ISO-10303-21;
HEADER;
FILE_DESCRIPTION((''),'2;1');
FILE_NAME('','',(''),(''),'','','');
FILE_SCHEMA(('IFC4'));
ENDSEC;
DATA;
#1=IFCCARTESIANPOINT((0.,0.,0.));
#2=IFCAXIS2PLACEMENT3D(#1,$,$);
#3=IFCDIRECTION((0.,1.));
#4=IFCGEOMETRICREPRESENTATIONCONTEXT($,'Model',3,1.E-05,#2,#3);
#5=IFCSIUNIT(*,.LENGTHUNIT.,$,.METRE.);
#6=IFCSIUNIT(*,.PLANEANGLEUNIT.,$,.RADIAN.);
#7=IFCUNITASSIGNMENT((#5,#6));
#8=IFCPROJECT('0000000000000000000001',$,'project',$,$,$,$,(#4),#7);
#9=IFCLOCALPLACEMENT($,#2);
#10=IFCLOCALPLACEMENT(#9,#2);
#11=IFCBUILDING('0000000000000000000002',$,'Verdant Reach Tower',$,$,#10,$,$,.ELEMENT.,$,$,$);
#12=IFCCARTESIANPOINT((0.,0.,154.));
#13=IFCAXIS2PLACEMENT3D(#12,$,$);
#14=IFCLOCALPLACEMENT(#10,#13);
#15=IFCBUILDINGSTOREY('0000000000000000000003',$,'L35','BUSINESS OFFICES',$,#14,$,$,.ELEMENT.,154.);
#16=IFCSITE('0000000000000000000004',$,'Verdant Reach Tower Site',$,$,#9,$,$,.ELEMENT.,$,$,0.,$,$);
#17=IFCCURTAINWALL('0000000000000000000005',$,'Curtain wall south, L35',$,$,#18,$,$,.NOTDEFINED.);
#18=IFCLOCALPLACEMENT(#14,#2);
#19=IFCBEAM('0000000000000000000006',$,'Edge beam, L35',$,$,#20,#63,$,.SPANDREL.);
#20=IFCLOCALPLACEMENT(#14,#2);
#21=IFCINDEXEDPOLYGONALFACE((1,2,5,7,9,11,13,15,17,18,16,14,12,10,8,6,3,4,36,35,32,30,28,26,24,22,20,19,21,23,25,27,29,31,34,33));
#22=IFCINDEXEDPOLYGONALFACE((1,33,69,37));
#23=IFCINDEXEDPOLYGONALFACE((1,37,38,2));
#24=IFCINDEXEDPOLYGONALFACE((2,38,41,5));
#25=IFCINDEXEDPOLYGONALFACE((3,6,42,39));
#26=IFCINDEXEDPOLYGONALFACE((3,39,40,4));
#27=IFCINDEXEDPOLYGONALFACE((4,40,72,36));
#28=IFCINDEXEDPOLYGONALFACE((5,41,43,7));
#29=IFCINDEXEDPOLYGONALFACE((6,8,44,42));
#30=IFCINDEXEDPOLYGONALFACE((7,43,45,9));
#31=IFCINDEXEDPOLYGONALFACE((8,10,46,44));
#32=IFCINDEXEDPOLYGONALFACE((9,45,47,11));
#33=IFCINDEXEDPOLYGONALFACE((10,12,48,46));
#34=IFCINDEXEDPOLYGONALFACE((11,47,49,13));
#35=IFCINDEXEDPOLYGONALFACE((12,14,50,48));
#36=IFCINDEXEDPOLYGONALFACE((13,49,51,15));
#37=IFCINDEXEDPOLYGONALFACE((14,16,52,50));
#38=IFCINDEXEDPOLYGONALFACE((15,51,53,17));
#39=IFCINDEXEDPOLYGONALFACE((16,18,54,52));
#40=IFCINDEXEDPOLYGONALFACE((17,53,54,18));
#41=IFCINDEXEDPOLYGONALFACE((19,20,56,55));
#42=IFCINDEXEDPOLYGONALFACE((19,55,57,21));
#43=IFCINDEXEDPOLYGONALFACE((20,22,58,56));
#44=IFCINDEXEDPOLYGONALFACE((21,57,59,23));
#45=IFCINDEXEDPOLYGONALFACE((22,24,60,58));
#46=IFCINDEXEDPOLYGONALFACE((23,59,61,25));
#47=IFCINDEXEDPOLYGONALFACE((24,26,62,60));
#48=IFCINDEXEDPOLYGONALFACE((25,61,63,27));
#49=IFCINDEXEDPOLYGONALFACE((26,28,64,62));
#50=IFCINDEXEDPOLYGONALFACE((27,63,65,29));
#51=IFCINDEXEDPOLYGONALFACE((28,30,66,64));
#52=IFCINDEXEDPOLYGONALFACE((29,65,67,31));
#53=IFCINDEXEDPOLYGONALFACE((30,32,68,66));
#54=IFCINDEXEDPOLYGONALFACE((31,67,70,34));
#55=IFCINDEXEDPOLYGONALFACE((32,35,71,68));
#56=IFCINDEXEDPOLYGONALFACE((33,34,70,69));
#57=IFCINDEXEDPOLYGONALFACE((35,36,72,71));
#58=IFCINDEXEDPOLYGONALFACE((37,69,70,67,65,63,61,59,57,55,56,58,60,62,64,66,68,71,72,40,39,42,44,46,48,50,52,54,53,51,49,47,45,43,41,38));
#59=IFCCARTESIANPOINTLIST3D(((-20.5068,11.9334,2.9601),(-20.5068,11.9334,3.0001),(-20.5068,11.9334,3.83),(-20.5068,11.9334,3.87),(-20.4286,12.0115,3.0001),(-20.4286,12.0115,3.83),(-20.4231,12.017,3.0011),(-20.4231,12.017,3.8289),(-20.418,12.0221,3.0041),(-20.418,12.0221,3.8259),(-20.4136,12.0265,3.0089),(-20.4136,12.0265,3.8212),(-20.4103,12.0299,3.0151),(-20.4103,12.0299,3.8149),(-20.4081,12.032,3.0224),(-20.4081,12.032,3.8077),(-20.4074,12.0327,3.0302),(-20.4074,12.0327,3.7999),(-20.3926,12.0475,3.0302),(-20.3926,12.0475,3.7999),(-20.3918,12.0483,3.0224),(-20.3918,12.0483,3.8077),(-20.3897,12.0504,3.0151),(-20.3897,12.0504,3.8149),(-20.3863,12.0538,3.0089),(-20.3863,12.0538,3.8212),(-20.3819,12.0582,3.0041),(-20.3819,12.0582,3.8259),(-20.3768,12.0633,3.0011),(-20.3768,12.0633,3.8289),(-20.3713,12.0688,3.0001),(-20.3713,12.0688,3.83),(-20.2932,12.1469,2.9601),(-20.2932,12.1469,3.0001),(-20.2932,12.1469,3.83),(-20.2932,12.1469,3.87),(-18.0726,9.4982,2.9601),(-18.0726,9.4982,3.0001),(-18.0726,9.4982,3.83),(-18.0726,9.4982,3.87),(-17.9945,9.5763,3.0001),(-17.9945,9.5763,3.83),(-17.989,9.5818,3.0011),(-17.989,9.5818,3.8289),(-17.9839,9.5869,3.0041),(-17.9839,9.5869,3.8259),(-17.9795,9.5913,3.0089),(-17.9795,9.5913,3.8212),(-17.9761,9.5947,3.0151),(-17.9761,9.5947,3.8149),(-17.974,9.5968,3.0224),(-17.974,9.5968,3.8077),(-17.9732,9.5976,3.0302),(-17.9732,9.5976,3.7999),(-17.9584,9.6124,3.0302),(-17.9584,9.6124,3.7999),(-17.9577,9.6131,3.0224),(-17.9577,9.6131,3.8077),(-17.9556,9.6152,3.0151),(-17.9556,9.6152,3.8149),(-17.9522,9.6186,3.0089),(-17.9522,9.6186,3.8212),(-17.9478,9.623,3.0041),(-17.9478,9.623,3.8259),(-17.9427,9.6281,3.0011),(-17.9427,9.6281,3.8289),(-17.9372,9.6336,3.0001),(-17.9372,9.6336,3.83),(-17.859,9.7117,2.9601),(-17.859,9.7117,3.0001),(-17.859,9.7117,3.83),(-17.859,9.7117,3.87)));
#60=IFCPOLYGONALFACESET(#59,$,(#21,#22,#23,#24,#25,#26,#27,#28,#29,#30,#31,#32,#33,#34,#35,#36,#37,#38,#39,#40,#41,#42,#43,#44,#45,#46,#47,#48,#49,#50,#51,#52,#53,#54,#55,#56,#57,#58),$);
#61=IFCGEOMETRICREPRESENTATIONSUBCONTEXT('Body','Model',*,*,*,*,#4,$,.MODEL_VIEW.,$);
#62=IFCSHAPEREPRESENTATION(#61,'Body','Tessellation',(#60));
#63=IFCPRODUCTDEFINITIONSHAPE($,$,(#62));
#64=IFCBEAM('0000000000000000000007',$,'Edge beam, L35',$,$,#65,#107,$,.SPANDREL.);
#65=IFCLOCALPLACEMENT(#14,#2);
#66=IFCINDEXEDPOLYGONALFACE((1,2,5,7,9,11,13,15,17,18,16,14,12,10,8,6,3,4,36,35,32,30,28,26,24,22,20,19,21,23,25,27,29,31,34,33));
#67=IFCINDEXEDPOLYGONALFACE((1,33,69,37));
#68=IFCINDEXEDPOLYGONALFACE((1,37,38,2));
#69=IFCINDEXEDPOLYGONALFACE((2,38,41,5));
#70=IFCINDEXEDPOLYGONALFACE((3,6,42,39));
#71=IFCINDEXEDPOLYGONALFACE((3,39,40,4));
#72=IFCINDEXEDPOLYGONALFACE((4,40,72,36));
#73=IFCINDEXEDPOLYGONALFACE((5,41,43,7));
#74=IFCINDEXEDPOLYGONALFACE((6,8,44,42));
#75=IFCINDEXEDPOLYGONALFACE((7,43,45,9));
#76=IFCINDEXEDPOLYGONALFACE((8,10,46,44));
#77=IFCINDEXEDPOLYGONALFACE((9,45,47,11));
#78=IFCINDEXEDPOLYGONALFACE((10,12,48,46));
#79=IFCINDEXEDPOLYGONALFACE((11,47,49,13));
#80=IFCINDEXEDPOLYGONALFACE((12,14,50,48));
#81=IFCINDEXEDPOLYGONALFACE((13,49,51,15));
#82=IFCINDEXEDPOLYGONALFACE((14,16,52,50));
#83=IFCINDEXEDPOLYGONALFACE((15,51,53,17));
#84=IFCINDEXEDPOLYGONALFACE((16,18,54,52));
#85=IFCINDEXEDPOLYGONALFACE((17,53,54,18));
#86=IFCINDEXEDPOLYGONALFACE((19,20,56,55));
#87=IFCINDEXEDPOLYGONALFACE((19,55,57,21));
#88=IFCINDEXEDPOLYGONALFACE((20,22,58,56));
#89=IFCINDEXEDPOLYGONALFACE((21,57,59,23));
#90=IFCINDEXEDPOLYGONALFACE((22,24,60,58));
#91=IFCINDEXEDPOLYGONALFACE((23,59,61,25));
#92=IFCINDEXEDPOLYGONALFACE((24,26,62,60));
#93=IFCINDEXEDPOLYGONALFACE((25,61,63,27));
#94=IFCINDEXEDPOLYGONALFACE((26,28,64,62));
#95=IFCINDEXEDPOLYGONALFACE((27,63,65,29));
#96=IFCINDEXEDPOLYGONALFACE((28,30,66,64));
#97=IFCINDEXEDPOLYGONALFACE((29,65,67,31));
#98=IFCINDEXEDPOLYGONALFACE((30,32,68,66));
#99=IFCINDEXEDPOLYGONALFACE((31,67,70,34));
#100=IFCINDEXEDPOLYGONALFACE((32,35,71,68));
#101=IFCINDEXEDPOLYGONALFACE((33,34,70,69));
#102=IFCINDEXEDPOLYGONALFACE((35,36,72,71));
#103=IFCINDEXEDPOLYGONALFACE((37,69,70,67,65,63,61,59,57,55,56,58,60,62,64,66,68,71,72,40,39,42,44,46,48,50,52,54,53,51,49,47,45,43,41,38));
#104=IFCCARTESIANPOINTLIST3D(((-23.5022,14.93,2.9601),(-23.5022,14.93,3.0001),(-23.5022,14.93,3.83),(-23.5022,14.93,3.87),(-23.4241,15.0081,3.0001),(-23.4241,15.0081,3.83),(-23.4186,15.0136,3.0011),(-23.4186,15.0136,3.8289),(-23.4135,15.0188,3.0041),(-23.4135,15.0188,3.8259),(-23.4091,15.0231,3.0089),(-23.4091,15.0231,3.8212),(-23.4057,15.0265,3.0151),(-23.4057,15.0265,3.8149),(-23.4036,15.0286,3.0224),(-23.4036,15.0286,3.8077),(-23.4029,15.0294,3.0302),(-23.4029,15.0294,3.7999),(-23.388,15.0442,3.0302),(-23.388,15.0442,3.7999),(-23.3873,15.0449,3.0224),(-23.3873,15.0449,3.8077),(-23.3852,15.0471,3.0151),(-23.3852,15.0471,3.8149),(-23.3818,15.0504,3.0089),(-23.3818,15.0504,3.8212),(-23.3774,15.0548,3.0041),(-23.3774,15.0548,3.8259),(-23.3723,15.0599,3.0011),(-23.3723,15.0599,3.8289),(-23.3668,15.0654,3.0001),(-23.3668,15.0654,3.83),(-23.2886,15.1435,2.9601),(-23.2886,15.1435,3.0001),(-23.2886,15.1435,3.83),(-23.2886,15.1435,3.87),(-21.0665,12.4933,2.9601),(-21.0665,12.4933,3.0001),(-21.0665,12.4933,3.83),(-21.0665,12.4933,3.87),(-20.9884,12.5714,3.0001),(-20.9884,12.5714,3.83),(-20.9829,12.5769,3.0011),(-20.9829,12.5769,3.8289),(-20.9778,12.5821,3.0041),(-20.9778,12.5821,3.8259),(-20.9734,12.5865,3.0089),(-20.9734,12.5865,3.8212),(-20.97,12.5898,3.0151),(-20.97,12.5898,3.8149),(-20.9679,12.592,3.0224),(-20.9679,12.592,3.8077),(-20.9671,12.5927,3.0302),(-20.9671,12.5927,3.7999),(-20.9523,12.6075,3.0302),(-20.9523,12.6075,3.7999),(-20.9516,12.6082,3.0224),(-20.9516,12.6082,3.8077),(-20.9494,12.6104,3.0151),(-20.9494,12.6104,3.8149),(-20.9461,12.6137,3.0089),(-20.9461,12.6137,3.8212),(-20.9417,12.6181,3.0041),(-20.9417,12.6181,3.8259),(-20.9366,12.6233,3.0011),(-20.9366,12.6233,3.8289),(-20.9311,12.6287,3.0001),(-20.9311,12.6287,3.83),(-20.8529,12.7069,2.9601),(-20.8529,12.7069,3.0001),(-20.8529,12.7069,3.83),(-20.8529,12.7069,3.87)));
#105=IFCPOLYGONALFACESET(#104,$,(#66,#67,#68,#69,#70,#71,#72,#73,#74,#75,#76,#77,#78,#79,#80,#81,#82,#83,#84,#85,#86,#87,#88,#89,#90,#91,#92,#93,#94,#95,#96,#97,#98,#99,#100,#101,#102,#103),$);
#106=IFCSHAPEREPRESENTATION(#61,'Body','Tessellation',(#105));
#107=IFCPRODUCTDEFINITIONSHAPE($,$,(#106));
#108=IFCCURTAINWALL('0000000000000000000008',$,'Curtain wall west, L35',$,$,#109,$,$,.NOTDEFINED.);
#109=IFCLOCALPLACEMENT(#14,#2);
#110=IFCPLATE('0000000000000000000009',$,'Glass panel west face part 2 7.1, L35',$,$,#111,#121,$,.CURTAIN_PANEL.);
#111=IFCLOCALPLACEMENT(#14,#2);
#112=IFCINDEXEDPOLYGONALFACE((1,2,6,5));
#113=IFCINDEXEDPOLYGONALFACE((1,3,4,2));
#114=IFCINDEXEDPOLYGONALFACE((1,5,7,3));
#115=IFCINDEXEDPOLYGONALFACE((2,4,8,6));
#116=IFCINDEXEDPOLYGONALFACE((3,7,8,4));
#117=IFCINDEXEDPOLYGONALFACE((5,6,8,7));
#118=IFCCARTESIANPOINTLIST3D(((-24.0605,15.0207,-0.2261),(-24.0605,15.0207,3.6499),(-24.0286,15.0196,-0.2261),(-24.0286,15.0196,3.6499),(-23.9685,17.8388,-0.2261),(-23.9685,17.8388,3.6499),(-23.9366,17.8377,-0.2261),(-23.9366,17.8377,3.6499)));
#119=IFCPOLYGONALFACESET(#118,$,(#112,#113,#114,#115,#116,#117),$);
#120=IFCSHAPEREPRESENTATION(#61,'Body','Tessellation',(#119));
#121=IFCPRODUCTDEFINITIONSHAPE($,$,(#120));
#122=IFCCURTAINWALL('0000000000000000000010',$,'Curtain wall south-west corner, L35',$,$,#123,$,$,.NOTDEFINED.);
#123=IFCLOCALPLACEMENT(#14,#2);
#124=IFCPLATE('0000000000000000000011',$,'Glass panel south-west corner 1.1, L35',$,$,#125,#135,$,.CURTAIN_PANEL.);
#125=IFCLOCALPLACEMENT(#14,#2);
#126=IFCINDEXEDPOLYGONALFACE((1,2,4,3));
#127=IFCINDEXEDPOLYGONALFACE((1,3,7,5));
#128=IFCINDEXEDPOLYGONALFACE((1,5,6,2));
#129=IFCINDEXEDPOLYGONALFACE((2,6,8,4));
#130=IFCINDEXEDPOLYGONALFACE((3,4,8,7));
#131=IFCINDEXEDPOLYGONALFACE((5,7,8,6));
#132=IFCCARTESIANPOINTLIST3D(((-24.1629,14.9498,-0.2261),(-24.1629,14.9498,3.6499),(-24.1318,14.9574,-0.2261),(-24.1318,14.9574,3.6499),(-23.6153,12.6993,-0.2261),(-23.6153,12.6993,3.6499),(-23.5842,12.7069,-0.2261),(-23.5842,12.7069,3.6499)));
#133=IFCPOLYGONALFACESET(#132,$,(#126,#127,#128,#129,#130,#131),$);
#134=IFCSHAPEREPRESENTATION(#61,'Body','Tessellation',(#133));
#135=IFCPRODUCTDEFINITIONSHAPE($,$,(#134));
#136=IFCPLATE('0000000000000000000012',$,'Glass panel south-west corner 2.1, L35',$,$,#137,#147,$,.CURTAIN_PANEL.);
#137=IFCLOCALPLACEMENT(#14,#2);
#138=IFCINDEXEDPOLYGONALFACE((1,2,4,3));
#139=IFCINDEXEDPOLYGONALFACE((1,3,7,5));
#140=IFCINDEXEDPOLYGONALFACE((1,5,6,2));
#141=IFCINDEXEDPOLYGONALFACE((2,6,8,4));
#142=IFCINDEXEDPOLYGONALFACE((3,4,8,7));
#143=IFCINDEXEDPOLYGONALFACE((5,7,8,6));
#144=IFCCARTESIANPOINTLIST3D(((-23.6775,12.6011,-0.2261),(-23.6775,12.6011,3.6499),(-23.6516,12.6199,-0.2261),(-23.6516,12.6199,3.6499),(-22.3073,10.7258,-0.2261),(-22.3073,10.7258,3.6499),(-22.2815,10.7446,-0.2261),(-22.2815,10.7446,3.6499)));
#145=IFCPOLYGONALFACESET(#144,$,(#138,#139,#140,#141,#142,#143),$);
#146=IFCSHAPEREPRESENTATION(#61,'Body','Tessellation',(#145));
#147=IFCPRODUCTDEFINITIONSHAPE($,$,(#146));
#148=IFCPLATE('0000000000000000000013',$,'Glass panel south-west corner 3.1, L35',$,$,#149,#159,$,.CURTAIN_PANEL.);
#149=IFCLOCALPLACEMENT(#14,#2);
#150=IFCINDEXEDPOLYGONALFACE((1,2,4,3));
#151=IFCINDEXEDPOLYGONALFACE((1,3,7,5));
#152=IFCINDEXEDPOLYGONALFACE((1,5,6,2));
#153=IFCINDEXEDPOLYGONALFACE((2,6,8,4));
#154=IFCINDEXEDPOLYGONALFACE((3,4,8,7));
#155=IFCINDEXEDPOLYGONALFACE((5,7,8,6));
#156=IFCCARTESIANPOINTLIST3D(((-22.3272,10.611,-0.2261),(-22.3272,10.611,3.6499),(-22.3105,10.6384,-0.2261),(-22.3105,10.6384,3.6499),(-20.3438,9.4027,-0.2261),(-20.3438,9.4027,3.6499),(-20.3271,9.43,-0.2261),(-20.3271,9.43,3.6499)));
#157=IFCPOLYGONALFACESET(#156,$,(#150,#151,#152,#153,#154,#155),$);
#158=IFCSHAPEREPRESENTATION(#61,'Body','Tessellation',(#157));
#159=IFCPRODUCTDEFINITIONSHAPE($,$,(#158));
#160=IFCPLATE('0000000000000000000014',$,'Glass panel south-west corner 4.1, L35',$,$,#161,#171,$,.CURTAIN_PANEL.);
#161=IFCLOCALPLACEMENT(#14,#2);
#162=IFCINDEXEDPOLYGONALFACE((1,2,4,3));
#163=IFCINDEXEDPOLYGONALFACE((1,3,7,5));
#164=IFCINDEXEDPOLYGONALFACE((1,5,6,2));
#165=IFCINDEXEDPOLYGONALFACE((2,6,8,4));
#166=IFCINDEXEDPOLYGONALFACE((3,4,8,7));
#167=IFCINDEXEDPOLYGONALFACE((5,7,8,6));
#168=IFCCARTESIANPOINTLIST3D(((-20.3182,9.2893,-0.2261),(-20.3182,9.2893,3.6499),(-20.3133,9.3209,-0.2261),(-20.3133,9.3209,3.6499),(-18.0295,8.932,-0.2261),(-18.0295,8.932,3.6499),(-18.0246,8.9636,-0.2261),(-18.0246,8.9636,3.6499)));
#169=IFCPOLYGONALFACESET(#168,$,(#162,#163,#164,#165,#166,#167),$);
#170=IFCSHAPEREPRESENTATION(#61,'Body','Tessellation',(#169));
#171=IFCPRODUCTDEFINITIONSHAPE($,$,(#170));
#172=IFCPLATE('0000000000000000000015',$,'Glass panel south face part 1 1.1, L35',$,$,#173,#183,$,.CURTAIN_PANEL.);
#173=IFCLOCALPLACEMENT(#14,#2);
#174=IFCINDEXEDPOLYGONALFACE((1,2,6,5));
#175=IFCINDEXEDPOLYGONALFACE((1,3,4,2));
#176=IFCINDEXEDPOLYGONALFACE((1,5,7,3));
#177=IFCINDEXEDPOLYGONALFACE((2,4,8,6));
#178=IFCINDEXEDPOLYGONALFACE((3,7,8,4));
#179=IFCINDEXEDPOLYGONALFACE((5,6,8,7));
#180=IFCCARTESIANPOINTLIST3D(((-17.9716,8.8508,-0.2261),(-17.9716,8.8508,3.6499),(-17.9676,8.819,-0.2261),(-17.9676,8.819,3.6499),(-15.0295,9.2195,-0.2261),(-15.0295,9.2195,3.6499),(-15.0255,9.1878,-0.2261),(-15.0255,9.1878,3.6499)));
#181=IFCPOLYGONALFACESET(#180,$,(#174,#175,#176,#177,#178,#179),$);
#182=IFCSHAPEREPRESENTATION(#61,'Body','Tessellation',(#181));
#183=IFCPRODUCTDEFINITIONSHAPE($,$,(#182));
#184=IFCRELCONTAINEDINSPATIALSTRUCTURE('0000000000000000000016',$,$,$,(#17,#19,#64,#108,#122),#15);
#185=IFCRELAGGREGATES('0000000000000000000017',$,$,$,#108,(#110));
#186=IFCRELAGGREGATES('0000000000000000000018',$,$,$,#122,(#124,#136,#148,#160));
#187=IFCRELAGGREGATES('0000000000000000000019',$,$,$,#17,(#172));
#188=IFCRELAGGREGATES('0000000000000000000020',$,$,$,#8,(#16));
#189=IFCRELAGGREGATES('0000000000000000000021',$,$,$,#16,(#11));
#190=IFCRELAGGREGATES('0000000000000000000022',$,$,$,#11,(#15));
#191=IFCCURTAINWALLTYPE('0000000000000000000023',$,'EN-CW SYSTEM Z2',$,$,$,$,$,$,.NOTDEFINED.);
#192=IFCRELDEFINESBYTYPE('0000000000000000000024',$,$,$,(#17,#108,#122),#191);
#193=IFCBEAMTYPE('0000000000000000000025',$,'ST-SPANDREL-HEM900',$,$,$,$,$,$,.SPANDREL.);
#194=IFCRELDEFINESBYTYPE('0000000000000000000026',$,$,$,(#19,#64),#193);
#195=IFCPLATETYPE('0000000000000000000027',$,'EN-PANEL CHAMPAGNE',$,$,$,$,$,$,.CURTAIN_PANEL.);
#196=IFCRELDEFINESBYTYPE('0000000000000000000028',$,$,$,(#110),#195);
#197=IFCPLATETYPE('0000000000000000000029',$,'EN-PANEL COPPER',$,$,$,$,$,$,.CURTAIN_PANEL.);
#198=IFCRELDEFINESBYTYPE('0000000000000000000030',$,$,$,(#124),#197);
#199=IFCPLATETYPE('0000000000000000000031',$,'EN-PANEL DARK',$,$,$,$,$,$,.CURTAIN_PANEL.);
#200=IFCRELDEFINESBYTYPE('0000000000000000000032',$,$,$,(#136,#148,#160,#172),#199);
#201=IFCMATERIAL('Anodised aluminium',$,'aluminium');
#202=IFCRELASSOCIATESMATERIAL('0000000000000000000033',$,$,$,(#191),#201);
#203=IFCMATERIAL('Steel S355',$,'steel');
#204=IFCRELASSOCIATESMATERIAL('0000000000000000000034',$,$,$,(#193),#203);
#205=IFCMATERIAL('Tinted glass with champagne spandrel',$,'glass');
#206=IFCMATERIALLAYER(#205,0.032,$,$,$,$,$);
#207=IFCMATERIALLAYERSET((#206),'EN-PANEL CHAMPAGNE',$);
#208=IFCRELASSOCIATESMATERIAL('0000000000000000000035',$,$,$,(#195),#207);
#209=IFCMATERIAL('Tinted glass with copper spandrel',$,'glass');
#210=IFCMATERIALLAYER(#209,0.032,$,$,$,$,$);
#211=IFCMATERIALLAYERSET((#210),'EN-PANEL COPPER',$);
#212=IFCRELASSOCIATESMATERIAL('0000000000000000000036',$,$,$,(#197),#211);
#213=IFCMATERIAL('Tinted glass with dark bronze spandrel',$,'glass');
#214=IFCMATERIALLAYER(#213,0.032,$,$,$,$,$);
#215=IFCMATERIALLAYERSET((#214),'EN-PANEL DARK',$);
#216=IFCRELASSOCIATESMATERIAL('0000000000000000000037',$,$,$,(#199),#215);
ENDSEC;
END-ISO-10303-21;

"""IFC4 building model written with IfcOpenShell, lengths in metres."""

from ifc_helpers import new_model, si_unit, direction, frame, origin, origin_2d, place, context, subcontext, project, spatial, rectangle, i_section, extrude, material, layer, layer_set, material_profile, profile_set, type_object, element, aggregate, save


model = new_model("IFC4")

# Units and contexts
model_context = context("Model", 3, precision=1e-05, world=origin(), true_north=direction((0.0, 1.0)))
body_context = subcontext(model_context, "Body", "Model", "MODEL_VIEW")
ifc_project = project(units=[si_unit("LENGTHUNIT", "METRE"), si_unit("PLANEANGLEUNIT", "RADIAN")], contexts=[model_context])

# Site, building, storey
site_placement = place(None, origin())
site = spatial("IfcSite", under=ifc_project, at=site_placement, Name="Verdant Reach Tower Site", CompositionType="ELEMENT", RefElevation=0.0)
building_placement = place(site_placement, origin())
building = spatial("IfcBuilding", under=site, at=building_placement, Name="Verdant Reach Tower", CompositionType="ELEMENT")
storey_placement = place(building_placement, frame((0.0, 0.0, 154.0)))
storey = spatial("IfcBuildingStorey", under=building, at=storey_placement, Name="L35", Description="BUSINESS OFFICES", CompositionType="ELEMENT", Elevation=154.0)

# Curtain wall
ifc_material_1 = material(Name="Anodised aluminium", Category="aluminium")
curtain_wall_type = type_object("IfcCurtainWallType", Name="EN-CW SYSTEM Z2", PredefinedType="NOTDEFINED", material=ifc_material_1)
curtain_wall_1_placement = place(storey_placement, origin())
curtain_wall_1 = element("IfcCurtainWall", 1, at=curtain_wall_1_placement, inside=storey, type_object=curtain_wall_type, Name="Curtain wall south, L35", PredefinedType="NOTDEFINED")

# Beams
ifc_material_2 = material(Name="Steel S355", Category="steel")
ifc_material_profile_1 = material_profile(ifc_material_2, i_section(OverallWidth=0.302, OverallDepth=0.9099, WebThickness=0.021, FlangeThickness=0.04, FilletRadius=0.03, at=origin_2d()), Name="HEM 900")
ifc_profile_set_1 = profile_set([ifc_material_profile_1], Name="Steel S355")
beam_type_1 = type_object("IfcBeamType", Name="ST-SPANDREL-HEM900", PredefinedType="SPANDREL", material=ifc_profile_set_1)
beam_1_placement = place(storey_placement, frame((-17.9658, 9.605, 3.415), z_axis=(-0.706965, 0.707249, 0.0), x_axis=(-0.707249, -0.706965, 0.0)))
element("IfcBeam", 2, at=beam_1_placement, inside=storey, type_object=beam_type_1, Name="Edge beam, L35", PredefinedType="SPANDREL", context=body_context, shape_type="SweptSolid", body=[
    extrude(i_section(OverallWidth=0.302, OverallDepth=0.9099, WebThickness=0.021, FlangeThickness=0.04, FilletRadius=0.03, at=origin_2d()), origin(), (0.0, 0.0, 1.0), 3.4431),
])
beam_2_placement = place(storey_placement, frame((-20.9597, 12.6001, 3.415), z_axis=(-0.706965, 0.707248, 0.0), x_axis=(-0.707248, -0.706965, 0.0)))
element("IfcBeam", 3, at=beam_2_placement, inside=storey, type_object=beam_type_1, Name="Edge beam, L35", PredefinedType="SPANDREL", context=body_context, shape_type="SweptSolid", body=[
    extrude(i_section(OverallWidth=0.302, OverallDepth=0.9099, WebThickness=0.021, FlangeThickness=0.04, FilletRadius=0.03, at=origin_2d()), origin(), (0.0, 0.0, 1.0), 3.4453),
])

# Curtain wall, plate
curtain_wall_2_placement = place(storey_placement, origin())
curtain_wall_2 = element("IfcCurtainWall", 4, at=curtain_wall_2_placement, inside=storey, type_object=curtain_wall_type, Name="Curtain wall west, L35", PredefinedType="NOTDEFINED")
ifc_material_3 = material(Name="Tinted glass with champagne spandrel", Category="glass")
ifc_layer_1 = layer(ifc_material_3, 0.032)
ifc_layer_set_1 = layer_set([ifc_layer_1], Name="EN-PANEL CHAMPAGNE")
plate_type_1 = type_object("IfcPlateType", Name="EN-PANEL CHAMPAGNE", PredefinedType="CURTAIN_PANEL", material=ifc_layer_set_1)
plate_1_placement = place(storey_placement, frame((-23.9985, 16.4292, -0.2261), z_axis=(0.0, 0.0, 1.0), x_axis=(-0.032628, -0.999468, 0.0)))
plate_1 = element("IfcPlate", 5, at=plate_1_placement, type_object=plate_type_1, Name="Glass panel west face part 2 7.1, L35", PredefinedType="CURTAIN_PANEL", context=body_context, shape_type="SweptSolid", body=[
    extrude(rectangle(XDim=2.8196, YDim=0.032, at=origin_2d()), origin(), (0.0, 0.0, 1.0), 3.876),
])
aggregate(curtain_wall_2, [plate_1])

# Curtain wall, plates
curtain_wall_3_placement = place(storey_placement, origin())
curtain_wall_3 = element("IfcCurtainWall", 6, at=curtain_wall_3_placement, inside=storey, type_object=curtain_wall_type, Name="Curtain wall south-west corner, L35", PredefinedType="NOTDEFINED")
ifc_material_4 = material(Name="Tinted glass with copper spandrel", Category="glass")
ifc_layer_2 = layer(ifc_material_4, 0.032)
ifc_layer_set_2 = layer_set([ifc_layer_2], Name="EN-PANEL COPPER")
plate_type_2 = type_object("IfcPlateType", Name="EN-PANEL COPPER", PredefinedType="CURTAIN_PANEL", material=ifc_layer_set_2)
plate_2_placement = place(storey_placement, frame((-23.8735, 13.8284, -0.2261), z_axis=(0.0, 0.0, 1.0), x_axis=(0.236416, -0.971652, 0.0)))
plate_2 = element("IfcPlate", 7, at=plate_2_placement, type_object=plate_type_2, Name="Glass panel south-west corner 1.1, L35", PredefinedType="CURTAIN_PANEL", context=body_context, shape_type="SweptSolid", body=[
    extrude(rectangle(XDim=2.3162, YDim=0.032, at=origin_2d()), origin(), (0.0, 0.0, 1.0), 3.876),
])
ifc_material_5 = material(Name="Tinted glass with dark bronze spandrel", Category="glass")
ifc_layer_3 = layer(ifc_material_5, 0.032)
ifc_layer_set_3 = layer_set([ifc_layer_3], Name="EN-PANEL DARK")
plate_type_3 = type_object("IfcPlateType", Name="EN-PANEL DARK", PredefinedType="CURTAIN_PANEL", material=ifc_layer_set_3)
plate_3_placement = place(storey_placement, frame((-22.9795, 11.6729, -0.2261), z_axis=(0.0, 0.0, 1.0), x_axis=(0.589927, -0.807457, 0.0)))
plate_3 = element("IfcPlate", 8, at=plate_3_placement, type_object=plate_type_3, Name="Glass panel south-west corner 2.1, L35", PredefinedType="CURTAIN_PANEL", context=body_context, shape_type="SweptSolid", body=[
    extrude(rectangle(XDim=2.3225, YDim=0.032, at=origin_2d()), origin(), (0.0, 0.0, 1.0), 3.876),
])
plate_4_placement = place(storey_placement, frame((-21.3271, 10.0205, -0.2261), z_axis=(0.0, 0.0, 1.0), x_axis=(0.853989, -0.520292, 0.0)))
plate_4 = element("IfcPlate", 9, at=plate_4_placement, type_object=plate_type_3, Name="Glass panel south-west corner 3.1, L35", PredefinedType="CURTAIN_PANEL", context=body_context, shape_type="SweptSolid", body=[
    extrude(rectangle(XDim=2.3225, YDim=0.032, at=origin_2d()), origin(), (0.0, 0.0, 1.0), 3.876),
])
plate_5_placement = place(storey_placement, frame((-19.1714, 9.1265, -0.2261), z_axis=(0.0, 0.0, 1.0), x_axis=(0.988031, -0.154256, 0.0)))
plate_5 = element("IfcPlate", 10, at=plate_5_placement, type_object=plate_type_3, Name="Glass panel south-west corner 4.1, L35", PredefinedType="CURTAIN_PANEL", context=body_context, shape_type="SweptSolid", body=[
    extrude(rectangle(XDim=2.3164, YDim=0.032, at=origin_2d()), origin(), (0.0, 0.0, 1.0), 3.876),
])
aggregate(curtain_wall_3, [plate_2, plate_3, plate_4, plate_5])

# Plate
plate_6_placement = place(storey_placement, frame((-16.4985, 9.0193, -0.2261), z_axis=(0.0, 0.0, 1.0), x_axis=(0.992237, 0.124365, 0.0)))
plate_6 = element("IfcPlate", 11, at=plate_6_placement, type_object=plate_type_3, Name="Glass panel south face part 1 1.1, L35", PredefinedType="CURTAIN_PANEL", context=body_context, shape_type="SweptSolid", body=[
    extrude(rectangle(XDim=2.9651, YDim=0.032, at=origin_2d()), origin(), (0.0, 0.0, 1.0), 3.876),
])
aggregate(curtain_wall_1, [plate_6])

save(model, "model.ifc")
